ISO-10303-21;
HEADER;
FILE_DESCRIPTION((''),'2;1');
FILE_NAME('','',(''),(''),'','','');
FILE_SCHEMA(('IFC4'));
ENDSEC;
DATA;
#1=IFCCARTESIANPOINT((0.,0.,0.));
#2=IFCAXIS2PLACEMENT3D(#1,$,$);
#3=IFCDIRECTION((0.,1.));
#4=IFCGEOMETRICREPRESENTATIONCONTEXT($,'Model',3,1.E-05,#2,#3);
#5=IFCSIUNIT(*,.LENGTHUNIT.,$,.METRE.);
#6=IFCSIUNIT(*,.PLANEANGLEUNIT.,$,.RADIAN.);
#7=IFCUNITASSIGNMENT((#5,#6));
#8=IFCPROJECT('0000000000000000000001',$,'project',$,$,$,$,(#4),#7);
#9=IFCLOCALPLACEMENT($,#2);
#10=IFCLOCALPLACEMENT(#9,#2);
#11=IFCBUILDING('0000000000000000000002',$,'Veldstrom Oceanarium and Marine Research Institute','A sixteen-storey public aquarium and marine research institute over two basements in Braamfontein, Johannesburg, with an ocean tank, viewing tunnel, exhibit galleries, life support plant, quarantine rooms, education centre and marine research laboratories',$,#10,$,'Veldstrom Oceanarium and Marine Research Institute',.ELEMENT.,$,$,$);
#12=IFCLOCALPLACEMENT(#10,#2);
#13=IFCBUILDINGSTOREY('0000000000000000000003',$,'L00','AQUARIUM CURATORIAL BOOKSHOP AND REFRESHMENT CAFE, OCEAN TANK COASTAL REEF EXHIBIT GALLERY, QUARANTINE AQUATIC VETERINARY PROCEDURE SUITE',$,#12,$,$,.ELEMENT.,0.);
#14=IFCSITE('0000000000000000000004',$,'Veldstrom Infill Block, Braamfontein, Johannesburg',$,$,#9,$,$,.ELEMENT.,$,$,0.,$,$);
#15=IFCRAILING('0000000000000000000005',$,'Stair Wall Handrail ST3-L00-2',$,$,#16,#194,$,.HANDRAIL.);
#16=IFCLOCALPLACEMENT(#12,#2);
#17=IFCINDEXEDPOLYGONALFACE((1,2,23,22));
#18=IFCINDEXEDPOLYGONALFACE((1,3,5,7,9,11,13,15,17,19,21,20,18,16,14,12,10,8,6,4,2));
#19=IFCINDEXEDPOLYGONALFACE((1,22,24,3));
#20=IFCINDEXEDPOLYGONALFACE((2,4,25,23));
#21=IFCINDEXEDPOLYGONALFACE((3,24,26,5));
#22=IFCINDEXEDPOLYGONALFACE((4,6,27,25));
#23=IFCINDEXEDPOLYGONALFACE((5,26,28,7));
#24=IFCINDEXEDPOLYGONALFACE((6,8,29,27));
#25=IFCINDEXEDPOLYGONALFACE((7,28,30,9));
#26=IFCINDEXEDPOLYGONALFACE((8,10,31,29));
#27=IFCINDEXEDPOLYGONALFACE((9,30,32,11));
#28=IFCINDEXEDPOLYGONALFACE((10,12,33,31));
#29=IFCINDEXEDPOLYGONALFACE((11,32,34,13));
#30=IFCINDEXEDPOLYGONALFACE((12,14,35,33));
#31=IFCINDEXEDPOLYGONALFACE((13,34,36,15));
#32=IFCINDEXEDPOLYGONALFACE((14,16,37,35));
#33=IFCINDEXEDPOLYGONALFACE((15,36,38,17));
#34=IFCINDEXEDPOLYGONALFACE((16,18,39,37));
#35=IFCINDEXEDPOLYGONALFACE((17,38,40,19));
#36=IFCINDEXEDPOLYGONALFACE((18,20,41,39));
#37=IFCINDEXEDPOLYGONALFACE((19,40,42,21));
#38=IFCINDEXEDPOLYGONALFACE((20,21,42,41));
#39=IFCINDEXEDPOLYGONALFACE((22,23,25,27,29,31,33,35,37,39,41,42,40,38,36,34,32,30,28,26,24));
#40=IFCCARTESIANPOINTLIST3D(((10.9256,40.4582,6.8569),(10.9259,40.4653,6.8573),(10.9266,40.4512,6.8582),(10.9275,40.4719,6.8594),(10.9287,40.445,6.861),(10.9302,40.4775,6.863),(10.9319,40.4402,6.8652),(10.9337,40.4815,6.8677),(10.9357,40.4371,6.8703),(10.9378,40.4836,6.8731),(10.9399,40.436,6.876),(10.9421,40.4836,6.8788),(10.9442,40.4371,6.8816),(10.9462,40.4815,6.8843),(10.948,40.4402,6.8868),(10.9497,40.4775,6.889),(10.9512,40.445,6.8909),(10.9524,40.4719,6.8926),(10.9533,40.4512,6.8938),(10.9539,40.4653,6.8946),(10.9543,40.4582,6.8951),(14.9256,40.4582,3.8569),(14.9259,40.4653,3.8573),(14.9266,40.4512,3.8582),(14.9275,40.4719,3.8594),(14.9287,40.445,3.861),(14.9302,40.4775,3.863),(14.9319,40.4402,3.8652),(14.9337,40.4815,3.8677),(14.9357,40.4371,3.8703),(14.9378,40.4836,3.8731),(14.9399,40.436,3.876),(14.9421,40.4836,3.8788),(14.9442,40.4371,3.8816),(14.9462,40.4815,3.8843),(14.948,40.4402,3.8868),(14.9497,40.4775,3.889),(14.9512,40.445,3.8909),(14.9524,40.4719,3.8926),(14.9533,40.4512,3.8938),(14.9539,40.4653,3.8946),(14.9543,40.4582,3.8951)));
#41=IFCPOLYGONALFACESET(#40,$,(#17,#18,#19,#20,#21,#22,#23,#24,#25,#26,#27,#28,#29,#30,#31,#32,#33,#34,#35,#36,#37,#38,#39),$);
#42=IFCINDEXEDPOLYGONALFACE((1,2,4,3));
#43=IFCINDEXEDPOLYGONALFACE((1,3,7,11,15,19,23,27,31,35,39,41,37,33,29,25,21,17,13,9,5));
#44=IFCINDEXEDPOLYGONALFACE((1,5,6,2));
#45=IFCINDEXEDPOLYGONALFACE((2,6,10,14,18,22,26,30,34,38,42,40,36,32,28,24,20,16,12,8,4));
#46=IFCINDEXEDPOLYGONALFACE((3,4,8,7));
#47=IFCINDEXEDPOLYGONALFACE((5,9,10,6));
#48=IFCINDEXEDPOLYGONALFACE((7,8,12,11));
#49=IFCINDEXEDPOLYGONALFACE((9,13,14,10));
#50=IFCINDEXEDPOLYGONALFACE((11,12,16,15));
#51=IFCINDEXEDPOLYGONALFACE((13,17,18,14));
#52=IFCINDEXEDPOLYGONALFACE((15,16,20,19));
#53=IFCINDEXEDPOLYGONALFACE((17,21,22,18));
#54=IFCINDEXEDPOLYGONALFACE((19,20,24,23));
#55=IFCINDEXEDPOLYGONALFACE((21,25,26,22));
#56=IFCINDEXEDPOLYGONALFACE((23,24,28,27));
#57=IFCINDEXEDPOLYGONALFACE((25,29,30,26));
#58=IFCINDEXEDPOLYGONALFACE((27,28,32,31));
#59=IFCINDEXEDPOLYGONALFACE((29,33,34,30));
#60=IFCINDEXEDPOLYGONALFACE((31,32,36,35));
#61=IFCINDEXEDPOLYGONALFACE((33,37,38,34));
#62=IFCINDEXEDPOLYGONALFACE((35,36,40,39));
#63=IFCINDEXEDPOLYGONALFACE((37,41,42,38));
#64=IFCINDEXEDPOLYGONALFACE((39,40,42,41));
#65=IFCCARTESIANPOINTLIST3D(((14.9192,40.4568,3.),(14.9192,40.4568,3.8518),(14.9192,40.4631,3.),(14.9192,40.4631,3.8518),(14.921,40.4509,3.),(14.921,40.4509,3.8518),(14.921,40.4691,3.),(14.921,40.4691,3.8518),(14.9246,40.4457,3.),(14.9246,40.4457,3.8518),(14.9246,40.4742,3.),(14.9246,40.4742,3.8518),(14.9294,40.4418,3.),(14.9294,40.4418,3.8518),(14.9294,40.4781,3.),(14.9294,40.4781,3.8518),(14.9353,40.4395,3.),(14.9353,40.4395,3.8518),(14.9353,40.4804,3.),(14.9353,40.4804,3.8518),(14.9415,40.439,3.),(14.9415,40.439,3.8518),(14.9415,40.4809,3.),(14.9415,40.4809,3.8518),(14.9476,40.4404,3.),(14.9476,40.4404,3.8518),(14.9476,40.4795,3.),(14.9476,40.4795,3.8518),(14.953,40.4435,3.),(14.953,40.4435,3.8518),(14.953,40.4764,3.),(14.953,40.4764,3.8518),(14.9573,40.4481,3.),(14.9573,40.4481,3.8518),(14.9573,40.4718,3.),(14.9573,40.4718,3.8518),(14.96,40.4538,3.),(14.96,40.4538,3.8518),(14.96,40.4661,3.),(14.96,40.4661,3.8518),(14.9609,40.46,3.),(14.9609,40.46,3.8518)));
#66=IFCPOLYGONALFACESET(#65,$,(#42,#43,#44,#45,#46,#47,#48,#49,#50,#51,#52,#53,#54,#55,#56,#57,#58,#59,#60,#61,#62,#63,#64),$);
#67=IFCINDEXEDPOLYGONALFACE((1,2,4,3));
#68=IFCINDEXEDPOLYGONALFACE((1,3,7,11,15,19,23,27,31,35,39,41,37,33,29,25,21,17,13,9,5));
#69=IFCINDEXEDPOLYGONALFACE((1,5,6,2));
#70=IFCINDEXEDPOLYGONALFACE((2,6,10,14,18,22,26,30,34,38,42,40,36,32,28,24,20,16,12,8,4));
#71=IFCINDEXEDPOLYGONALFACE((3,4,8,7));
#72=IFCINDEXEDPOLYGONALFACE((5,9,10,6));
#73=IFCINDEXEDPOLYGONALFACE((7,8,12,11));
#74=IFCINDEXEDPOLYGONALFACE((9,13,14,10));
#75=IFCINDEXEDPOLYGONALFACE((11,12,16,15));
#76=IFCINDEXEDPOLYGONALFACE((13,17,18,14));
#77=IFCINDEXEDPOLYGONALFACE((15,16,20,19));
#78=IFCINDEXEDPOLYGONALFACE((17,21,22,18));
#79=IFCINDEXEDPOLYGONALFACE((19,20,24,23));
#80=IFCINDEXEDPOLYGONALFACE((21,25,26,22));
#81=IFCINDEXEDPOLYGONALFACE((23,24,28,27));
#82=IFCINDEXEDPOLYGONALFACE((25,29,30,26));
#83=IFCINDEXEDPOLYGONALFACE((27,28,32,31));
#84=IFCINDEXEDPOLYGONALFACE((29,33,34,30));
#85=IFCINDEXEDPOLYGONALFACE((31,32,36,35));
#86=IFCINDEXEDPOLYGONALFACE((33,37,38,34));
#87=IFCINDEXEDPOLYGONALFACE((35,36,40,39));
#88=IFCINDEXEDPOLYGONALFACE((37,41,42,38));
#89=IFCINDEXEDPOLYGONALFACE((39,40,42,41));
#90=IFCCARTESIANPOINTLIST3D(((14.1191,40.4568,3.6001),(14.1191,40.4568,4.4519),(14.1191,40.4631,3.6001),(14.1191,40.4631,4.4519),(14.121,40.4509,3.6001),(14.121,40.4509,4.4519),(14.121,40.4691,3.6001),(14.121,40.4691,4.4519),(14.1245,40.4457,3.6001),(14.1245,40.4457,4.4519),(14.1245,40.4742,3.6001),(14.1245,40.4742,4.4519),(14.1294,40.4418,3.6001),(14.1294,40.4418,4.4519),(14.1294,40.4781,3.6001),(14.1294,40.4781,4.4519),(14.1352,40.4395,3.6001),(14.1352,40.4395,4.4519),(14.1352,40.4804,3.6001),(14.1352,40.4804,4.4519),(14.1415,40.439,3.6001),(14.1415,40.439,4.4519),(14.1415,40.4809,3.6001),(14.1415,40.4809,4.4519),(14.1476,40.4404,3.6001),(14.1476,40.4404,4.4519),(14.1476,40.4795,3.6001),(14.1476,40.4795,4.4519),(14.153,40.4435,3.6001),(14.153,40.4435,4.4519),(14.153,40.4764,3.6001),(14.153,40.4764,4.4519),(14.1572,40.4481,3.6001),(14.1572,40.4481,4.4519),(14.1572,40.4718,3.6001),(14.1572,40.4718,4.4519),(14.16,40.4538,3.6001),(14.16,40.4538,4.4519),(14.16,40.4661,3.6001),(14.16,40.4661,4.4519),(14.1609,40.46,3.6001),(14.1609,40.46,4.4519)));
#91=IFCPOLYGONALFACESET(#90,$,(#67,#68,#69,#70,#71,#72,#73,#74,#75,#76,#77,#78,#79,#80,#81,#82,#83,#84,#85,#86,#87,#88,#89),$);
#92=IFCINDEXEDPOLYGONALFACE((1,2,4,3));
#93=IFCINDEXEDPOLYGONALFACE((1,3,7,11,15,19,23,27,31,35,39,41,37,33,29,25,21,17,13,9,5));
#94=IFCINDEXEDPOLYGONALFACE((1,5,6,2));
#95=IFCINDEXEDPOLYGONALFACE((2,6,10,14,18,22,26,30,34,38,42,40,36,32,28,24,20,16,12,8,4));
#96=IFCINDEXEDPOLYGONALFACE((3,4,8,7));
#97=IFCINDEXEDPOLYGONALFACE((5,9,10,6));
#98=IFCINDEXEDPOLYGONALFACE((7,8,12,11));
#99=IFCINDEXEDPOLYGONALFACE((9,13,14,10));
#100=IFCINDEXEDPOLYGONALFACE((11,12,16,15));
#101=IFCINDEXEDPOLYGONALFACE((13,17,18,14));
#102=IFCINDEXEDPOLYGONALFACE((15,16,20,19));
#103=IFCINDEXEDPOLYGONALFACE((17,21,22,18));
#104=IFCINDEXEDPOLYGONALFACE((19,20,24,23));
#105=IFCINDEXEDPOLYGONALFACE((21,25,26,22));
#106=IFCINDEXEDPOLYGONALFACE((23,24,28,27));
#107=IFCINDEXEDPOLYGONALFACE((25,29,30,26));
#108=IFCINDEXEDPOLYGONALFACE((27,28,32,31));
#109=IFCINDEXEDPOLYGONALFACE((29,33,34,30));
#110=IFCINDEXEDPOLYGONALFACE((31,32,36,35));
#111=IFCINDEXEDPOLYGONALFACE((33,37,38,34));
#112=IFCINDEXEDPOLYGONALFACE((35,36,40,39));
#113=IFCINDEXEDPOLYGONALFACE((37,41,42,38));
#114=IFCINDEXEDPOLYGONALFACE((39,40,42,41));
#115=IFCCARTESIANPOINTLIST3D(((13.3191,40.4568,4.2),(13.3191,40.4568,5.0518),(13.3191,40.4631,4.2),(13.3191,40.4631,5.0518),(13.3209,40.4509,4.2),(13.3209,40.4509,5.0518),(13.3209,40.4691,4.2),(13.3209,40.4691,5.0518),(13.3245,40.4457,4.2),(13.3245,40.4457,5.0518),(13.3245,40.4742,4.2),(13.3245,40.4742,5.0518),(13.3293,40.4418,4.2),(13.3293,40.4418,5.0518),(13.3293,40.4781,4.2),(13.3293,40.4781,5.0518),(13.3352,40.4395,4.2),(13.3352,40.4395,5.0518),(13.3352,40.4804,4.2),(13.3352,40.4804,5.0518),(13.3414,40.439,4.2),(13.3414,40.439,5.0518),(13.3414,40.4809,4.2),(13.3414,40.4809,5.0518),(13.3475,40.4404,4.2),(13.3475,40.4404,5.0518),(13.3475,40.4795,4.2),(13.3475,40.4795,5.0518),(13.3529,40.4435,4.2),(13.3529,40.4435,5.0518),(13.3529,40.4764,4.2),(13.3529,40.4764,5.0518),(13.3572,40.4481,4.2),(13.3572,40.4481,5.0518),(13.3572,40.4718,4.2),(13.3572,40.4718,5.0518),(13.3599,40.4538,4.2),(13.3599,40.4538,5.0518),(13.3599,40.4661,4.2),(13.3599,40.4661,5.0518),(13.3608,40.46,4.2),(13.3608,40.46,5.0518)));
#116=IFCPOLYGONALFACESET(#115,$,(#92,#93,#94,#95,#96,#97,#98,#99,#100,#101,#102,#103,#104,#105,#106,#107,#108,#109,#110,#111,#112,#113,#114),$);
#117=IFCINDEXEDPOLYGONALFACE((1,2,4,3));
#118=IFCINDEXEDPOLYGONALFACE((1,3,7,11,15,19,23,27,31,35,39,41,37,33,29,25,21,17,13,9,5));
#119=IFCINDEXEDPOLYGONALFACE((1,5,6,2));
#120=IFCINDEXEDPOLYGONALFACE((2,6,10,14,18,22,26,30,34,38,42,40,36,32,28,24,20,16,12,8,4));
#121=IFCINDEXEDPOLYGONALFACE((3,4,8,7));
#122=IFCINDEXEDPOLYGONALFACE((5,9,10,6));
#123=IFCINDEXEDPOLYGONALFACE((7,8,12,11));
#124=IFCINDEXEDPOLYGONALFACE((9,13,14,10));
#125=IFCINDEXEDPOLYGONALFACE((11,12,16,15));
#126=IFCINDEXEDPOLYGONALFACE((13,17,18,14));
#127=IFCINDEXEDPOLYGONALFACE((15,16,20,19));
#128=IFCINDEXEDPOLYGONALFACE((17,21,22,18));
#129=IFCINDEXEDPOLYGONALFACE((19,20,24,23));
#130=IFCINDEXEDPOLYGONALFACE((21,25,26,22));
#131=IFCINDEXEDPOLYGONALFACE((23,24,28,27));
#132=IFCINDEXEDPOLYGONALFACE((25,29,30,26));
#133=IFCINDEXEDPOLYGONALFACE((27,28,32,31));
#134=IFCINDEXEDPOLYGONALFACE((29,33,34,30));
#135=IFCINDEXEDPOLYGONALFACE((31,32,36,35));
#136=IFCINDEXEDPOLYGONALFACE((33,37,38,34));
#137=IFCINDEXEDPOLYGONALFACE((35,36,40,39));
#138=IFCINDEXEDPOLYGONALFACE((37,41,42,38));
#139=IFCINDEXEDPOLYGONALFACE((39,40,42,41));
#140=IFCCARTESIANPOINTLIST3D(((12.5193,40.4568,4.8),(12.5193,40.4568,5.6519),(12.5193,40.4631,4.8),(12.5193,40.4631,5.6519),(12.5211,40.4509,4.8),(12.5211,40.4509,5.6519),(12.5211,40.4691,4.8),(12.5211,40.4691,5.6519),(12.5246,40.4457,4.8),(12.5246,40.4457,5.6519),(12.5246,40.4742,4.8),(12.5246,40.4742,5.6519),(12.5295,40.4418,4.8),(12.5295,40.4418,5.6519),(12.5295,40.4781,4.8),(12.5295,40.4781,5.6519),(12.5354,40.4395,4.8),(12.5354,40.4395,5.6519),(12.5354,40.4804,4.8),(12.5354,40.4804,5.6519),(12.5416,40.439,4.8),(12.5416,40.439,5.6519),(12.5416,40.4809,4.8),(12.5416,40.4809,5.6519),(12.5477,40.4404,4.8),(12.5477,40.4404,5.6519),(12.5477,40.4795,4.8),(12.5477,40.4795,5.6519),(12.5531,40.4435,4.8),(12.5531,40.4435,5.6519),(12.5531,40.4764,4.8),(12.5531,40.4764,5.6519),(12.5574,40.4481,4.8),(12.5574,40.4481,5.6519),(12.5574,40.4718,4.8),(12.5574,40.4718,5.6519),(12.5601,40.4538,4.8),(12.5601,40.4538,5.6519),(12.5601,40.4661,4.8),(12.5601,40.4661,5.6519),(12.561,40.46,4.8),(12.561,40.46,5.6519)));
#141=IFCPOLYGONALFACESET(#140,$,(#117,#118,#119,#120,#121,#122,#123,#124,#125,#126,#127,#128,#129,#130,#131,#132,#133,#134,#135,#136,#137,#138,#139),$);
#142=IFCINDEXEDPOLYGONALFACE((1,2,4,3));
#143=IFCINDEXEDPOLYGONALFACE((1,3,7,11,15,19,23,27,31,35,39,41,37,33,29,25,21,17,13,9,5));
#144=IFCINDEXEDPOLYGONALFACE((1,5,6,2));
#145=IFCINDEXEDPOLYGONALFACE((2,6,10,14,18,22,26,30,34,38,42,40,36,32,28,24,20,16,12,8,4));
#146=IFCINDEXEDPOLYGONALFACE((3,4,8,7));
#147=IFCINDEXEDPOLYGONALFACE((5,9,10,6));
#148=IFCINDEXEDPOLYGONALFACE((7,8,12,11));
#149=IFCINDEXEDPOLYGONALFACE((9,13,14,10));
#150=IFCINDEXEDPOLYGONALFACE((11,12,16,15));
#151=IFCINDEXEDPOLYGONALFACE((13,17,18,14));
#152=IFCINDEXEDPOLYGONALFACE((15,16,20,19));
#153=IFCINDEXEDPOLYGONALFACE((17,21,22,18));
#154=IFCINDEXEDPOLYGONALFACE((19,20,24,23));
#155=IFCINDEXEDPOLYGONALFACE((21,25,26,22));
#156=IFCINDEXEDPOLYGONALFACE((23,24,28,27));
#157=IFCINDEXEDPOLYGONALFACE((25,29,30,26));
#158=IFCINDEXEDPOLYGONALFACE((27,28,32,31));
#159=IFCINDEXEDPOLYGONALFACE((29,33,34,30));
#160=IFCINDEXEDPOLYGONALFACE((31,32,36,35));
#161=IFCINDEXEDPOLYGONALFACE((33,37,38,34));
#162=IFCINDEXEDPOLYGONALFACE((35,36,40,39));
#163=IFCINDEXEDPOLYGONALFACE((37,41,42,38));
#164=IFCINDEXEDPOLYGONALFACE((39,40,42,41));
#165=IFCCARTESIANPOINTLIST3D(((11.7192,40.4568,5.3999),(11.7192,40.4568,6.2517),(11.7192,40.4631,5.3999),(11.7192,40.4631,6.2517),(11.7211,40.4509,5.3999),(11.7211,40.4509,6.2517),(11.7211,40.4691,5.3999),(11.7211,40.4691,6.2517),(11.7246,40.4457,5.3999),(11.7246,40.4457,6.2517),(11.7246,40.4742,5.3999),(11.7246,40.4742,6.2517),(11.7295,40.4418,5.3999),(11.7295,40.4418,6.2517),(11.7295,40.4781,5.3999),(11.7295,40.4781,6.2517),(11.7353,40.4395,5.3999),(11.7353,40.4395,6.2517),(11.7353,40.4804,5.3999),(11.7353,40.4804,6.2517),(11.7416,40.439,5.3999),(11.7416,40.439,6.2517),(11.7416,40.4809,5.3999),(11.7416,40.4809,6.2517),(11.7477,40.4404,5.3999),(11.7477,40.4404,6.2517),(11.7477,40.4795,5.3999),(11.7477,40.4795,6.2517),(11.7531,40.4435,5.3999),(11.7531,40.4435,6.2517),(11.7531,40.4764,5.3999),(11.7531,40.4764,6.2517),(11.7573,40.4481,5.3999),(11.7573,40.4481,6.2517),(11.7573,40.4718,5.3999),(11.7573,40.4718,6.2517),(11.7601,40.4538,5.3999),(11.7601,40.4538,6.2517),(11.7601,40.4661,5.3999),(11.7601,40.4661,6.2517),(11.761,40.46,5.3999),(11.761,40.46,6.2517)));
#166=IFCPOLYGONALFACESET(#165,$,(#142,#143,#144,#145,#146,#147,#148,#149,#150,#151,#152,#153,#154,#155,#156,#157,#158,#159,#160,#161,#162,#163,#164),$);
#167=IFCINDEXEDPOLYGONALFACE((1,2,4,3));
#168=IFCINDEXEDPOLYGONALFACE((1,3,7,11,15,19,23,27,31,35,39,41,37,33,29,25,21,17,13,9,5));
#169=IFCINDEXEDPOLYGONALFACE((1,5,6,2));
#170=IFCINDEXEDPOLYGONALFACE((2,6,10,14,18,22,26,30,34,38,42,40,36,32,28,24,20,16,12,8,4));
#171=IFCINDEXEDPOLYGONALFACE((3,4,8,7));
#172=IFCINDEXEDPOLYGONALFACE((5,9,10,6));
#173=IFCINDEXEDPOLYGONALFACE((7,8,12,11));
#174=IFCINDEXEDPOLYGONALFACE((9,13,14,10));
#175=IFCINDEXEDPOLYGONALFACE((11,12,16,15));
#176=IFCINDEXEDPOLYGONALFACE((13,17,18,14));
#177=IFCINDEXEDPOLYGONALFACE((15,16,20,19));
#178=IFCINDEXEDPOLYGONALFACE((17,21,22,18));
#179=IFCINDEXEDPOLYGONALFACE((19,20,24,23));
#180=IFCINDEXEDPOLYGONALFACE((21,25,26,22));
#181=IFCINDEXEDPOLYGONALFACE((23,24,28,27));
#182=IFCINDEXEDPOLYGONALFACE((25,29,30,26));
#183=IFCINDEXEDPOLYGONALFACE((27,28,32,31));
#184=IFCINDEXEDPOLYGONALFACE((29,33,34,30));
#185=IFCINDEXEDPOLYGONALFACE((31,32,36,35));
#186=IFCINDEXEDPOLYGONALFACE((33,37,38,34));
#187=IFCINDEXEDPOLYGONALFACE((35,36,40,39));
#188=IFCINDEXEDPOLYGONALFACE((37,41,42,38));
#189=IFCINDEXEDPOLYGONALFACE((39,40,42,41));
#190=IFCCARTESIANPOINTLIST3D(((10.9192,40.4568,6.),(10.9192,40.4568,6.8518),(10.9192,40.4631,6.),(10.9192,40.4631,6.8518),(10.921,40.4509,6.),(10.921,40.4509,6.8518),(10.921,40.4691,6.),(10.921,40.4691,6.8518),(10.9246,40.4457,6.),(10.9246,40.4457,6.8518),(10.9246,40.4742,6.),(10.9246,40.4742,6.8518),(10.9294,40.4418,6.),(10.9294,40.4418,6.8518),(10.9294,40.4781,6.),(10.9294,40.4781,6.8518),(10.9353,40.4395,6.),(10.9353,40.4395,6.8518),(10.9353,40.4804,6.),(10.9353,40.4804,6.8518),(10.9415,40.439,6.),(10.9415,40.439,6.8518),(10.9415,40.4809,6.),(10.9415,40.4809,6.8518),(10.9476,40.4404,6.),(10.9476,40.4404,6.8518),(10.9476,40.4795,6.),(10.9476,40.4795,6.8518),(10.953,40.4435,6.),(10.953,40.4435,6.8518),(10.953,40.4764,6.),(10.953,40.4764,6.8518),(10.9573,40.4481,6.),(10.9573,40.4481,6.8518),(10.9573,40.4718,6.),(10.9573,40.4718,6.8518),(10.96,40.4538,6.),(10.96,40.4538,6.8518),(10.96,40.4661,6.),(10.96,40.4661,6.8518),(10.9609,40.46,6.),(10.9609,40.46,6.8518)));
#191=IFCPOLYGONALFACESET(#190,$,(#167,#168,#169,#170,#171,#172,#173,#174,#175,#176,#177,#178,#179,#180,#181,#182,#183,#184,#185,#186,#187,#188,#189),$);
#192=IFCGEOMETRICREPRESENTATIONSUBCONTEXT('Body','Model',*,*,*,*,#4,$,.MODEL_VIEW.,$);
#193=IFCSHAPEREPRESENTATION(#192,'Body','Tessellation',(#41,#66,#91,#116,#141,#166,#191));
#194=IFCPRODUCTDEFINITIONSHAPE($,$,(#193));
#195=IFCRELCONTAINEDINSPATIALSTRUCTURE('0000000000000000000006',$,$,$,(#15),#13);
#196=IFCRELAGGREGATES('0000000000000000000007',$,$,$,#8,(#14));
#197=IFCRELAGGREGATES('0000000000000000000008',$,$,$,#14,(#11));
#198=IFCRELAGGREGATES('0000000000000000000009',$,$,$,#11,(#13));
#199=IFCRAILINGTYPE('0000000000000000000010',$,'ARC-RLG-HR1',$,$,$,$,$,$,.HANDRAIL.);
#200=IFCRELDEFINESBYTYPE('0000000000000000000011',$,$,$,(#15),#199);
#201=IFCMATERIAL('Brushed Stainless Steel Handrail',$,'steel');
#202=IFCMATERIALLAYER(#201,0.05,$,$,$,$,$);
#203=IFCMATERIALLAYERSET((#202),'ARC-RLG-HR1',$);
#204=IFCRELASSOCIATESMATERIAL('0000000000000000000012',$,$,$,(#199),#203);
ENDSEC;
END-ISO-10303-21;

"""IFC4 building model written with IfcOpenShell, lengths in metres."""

from ifc_helpers import new_model, si_unit, direction, frame, origin, origin_2d, place, context, subcontext, project, spatial, circle, extrude, material, layer, layer_set, type_object, element, save


model = new_model("IFC4")

# Units and contexts
model_context = context("Model", 3, precision=1e-05, world=origin(), true_north=direction((0.0, 1.0)))
body_context = subcontext(model_context, "Body", "Model", "MODEL_VIEW")
ifc_project = project(units=[si_unit("LENGTHUNIT", "METRE"), si_unit("PLANEANGLEUNIT", "RADIAN")], contexts=[model_context])

# Site, building, storey
site_placement = place(None, origin())
site = spatial("IfcSite", under=ifc_project, at=site_placement, Name="Veldstrom Infill Block, Braamfontein, Johannesburg", CompositionType="ELEMENT", RefElevation=0.0)
building_placement = place(site_placement, origin())
building = spatial("IfcBuilding", under=site, at=building_placement, Name="Veldstrom Oceanarium and Marine Research Institute", Description="A sixteen-storey public aquarium and marine research institute over two basements in Braamfontein, Johannesburg, with an ocean tank, viewing tunnel, exhibit galleries, life support plant, quarantine rooms, education centre and marine research laboratories", LongName="Veldstrom Oceanarium and Marine Research Institute", CompositionType="ELEMENT")
storey_placement = place(building_placement, origin())
storey = spatial("IfcBuildingStorey", under=building, at=storey_placement, Name="L00", Description="AQUARIUM CURATORIAL BOOKSHOP AND REFRESHMENT CAFE, OCEAN TANK COASTAL REEF EXHIBIT GALLERY, QUARANTINE AQUATIC VETERINARY PROCEDURE SUITE", CompositionType="ELEMENT", Elevation=0.0)

# Railing
ifc_material_1 = material(Name="Brushed Stainless Steel Handrail", Category="steel")
ifc_layer_1 = layer(ifc_material_1, 0.05)
ifc_layer_set_1 = layer_set([ifc_layer_1], Name="ARC-RLG-HR1")
railing_type_1 = type_object("IfcRailingType", Name="ARC-RLG-HR1", PredefinedType="HANDRAIL", material=ifc_layer_set_1)
railing_1_placement = place(storey_placement, frame((14.9399, 40.46, 3.0)))
element("IfcRailing", 1, at=railing_1_placement, inside=storey, type_object=railing_type_1, Name="Stair Wall Handrail ST3-L00-2", PredefinedType="HANDRAIL", context=body_context, shape_type="SweptSolid", body=[
    extrude(circle(Radius=0.0239, at=origin_2d()), frame((0.0, 0.0, 0.876), z_axis=(-0.8, 0.0, 0.6), x_axis=(0.0, -1.0, 0.0)), (0.0, 0.0, 1.0), 5.0),
    extrude(circle(Radius=0.021, at=origin_2d()), origin(), (0.0, 0.0, 1.0), 0.8518),
    extrude(circle(Radius=0.021, at=origin_2d()), frame((-0.8, 0.0, 0.6001)), (0.0, 0.0, 1.0), 0.8518),
    extrude(circle(Radius=0.021, at=origin_2d()), frame((-1.6001, 0.0, 1.2)), (0.0, 0.0, 1.0), 0.8518),
    extrude(circle(Radius=0.021, at=origin_2d()), frame((-2.3999, 0.0, 1.8)), (0.0, 0.0, 1.0), 0.8518),
    extrude(circle(Radius=0.021, at=origin_2d()), frame((-3.2, 0.0, 2.3999)), (0.0, 0.0, 1.0), 0.8518),
    extrude(circle(Radius=0.021, at=origin_2d()), frame((-4.0, 0.0, 3.0)), (0.0, 0.0, 1.0), 0.8518),
])

save(model, "model.ifc")
